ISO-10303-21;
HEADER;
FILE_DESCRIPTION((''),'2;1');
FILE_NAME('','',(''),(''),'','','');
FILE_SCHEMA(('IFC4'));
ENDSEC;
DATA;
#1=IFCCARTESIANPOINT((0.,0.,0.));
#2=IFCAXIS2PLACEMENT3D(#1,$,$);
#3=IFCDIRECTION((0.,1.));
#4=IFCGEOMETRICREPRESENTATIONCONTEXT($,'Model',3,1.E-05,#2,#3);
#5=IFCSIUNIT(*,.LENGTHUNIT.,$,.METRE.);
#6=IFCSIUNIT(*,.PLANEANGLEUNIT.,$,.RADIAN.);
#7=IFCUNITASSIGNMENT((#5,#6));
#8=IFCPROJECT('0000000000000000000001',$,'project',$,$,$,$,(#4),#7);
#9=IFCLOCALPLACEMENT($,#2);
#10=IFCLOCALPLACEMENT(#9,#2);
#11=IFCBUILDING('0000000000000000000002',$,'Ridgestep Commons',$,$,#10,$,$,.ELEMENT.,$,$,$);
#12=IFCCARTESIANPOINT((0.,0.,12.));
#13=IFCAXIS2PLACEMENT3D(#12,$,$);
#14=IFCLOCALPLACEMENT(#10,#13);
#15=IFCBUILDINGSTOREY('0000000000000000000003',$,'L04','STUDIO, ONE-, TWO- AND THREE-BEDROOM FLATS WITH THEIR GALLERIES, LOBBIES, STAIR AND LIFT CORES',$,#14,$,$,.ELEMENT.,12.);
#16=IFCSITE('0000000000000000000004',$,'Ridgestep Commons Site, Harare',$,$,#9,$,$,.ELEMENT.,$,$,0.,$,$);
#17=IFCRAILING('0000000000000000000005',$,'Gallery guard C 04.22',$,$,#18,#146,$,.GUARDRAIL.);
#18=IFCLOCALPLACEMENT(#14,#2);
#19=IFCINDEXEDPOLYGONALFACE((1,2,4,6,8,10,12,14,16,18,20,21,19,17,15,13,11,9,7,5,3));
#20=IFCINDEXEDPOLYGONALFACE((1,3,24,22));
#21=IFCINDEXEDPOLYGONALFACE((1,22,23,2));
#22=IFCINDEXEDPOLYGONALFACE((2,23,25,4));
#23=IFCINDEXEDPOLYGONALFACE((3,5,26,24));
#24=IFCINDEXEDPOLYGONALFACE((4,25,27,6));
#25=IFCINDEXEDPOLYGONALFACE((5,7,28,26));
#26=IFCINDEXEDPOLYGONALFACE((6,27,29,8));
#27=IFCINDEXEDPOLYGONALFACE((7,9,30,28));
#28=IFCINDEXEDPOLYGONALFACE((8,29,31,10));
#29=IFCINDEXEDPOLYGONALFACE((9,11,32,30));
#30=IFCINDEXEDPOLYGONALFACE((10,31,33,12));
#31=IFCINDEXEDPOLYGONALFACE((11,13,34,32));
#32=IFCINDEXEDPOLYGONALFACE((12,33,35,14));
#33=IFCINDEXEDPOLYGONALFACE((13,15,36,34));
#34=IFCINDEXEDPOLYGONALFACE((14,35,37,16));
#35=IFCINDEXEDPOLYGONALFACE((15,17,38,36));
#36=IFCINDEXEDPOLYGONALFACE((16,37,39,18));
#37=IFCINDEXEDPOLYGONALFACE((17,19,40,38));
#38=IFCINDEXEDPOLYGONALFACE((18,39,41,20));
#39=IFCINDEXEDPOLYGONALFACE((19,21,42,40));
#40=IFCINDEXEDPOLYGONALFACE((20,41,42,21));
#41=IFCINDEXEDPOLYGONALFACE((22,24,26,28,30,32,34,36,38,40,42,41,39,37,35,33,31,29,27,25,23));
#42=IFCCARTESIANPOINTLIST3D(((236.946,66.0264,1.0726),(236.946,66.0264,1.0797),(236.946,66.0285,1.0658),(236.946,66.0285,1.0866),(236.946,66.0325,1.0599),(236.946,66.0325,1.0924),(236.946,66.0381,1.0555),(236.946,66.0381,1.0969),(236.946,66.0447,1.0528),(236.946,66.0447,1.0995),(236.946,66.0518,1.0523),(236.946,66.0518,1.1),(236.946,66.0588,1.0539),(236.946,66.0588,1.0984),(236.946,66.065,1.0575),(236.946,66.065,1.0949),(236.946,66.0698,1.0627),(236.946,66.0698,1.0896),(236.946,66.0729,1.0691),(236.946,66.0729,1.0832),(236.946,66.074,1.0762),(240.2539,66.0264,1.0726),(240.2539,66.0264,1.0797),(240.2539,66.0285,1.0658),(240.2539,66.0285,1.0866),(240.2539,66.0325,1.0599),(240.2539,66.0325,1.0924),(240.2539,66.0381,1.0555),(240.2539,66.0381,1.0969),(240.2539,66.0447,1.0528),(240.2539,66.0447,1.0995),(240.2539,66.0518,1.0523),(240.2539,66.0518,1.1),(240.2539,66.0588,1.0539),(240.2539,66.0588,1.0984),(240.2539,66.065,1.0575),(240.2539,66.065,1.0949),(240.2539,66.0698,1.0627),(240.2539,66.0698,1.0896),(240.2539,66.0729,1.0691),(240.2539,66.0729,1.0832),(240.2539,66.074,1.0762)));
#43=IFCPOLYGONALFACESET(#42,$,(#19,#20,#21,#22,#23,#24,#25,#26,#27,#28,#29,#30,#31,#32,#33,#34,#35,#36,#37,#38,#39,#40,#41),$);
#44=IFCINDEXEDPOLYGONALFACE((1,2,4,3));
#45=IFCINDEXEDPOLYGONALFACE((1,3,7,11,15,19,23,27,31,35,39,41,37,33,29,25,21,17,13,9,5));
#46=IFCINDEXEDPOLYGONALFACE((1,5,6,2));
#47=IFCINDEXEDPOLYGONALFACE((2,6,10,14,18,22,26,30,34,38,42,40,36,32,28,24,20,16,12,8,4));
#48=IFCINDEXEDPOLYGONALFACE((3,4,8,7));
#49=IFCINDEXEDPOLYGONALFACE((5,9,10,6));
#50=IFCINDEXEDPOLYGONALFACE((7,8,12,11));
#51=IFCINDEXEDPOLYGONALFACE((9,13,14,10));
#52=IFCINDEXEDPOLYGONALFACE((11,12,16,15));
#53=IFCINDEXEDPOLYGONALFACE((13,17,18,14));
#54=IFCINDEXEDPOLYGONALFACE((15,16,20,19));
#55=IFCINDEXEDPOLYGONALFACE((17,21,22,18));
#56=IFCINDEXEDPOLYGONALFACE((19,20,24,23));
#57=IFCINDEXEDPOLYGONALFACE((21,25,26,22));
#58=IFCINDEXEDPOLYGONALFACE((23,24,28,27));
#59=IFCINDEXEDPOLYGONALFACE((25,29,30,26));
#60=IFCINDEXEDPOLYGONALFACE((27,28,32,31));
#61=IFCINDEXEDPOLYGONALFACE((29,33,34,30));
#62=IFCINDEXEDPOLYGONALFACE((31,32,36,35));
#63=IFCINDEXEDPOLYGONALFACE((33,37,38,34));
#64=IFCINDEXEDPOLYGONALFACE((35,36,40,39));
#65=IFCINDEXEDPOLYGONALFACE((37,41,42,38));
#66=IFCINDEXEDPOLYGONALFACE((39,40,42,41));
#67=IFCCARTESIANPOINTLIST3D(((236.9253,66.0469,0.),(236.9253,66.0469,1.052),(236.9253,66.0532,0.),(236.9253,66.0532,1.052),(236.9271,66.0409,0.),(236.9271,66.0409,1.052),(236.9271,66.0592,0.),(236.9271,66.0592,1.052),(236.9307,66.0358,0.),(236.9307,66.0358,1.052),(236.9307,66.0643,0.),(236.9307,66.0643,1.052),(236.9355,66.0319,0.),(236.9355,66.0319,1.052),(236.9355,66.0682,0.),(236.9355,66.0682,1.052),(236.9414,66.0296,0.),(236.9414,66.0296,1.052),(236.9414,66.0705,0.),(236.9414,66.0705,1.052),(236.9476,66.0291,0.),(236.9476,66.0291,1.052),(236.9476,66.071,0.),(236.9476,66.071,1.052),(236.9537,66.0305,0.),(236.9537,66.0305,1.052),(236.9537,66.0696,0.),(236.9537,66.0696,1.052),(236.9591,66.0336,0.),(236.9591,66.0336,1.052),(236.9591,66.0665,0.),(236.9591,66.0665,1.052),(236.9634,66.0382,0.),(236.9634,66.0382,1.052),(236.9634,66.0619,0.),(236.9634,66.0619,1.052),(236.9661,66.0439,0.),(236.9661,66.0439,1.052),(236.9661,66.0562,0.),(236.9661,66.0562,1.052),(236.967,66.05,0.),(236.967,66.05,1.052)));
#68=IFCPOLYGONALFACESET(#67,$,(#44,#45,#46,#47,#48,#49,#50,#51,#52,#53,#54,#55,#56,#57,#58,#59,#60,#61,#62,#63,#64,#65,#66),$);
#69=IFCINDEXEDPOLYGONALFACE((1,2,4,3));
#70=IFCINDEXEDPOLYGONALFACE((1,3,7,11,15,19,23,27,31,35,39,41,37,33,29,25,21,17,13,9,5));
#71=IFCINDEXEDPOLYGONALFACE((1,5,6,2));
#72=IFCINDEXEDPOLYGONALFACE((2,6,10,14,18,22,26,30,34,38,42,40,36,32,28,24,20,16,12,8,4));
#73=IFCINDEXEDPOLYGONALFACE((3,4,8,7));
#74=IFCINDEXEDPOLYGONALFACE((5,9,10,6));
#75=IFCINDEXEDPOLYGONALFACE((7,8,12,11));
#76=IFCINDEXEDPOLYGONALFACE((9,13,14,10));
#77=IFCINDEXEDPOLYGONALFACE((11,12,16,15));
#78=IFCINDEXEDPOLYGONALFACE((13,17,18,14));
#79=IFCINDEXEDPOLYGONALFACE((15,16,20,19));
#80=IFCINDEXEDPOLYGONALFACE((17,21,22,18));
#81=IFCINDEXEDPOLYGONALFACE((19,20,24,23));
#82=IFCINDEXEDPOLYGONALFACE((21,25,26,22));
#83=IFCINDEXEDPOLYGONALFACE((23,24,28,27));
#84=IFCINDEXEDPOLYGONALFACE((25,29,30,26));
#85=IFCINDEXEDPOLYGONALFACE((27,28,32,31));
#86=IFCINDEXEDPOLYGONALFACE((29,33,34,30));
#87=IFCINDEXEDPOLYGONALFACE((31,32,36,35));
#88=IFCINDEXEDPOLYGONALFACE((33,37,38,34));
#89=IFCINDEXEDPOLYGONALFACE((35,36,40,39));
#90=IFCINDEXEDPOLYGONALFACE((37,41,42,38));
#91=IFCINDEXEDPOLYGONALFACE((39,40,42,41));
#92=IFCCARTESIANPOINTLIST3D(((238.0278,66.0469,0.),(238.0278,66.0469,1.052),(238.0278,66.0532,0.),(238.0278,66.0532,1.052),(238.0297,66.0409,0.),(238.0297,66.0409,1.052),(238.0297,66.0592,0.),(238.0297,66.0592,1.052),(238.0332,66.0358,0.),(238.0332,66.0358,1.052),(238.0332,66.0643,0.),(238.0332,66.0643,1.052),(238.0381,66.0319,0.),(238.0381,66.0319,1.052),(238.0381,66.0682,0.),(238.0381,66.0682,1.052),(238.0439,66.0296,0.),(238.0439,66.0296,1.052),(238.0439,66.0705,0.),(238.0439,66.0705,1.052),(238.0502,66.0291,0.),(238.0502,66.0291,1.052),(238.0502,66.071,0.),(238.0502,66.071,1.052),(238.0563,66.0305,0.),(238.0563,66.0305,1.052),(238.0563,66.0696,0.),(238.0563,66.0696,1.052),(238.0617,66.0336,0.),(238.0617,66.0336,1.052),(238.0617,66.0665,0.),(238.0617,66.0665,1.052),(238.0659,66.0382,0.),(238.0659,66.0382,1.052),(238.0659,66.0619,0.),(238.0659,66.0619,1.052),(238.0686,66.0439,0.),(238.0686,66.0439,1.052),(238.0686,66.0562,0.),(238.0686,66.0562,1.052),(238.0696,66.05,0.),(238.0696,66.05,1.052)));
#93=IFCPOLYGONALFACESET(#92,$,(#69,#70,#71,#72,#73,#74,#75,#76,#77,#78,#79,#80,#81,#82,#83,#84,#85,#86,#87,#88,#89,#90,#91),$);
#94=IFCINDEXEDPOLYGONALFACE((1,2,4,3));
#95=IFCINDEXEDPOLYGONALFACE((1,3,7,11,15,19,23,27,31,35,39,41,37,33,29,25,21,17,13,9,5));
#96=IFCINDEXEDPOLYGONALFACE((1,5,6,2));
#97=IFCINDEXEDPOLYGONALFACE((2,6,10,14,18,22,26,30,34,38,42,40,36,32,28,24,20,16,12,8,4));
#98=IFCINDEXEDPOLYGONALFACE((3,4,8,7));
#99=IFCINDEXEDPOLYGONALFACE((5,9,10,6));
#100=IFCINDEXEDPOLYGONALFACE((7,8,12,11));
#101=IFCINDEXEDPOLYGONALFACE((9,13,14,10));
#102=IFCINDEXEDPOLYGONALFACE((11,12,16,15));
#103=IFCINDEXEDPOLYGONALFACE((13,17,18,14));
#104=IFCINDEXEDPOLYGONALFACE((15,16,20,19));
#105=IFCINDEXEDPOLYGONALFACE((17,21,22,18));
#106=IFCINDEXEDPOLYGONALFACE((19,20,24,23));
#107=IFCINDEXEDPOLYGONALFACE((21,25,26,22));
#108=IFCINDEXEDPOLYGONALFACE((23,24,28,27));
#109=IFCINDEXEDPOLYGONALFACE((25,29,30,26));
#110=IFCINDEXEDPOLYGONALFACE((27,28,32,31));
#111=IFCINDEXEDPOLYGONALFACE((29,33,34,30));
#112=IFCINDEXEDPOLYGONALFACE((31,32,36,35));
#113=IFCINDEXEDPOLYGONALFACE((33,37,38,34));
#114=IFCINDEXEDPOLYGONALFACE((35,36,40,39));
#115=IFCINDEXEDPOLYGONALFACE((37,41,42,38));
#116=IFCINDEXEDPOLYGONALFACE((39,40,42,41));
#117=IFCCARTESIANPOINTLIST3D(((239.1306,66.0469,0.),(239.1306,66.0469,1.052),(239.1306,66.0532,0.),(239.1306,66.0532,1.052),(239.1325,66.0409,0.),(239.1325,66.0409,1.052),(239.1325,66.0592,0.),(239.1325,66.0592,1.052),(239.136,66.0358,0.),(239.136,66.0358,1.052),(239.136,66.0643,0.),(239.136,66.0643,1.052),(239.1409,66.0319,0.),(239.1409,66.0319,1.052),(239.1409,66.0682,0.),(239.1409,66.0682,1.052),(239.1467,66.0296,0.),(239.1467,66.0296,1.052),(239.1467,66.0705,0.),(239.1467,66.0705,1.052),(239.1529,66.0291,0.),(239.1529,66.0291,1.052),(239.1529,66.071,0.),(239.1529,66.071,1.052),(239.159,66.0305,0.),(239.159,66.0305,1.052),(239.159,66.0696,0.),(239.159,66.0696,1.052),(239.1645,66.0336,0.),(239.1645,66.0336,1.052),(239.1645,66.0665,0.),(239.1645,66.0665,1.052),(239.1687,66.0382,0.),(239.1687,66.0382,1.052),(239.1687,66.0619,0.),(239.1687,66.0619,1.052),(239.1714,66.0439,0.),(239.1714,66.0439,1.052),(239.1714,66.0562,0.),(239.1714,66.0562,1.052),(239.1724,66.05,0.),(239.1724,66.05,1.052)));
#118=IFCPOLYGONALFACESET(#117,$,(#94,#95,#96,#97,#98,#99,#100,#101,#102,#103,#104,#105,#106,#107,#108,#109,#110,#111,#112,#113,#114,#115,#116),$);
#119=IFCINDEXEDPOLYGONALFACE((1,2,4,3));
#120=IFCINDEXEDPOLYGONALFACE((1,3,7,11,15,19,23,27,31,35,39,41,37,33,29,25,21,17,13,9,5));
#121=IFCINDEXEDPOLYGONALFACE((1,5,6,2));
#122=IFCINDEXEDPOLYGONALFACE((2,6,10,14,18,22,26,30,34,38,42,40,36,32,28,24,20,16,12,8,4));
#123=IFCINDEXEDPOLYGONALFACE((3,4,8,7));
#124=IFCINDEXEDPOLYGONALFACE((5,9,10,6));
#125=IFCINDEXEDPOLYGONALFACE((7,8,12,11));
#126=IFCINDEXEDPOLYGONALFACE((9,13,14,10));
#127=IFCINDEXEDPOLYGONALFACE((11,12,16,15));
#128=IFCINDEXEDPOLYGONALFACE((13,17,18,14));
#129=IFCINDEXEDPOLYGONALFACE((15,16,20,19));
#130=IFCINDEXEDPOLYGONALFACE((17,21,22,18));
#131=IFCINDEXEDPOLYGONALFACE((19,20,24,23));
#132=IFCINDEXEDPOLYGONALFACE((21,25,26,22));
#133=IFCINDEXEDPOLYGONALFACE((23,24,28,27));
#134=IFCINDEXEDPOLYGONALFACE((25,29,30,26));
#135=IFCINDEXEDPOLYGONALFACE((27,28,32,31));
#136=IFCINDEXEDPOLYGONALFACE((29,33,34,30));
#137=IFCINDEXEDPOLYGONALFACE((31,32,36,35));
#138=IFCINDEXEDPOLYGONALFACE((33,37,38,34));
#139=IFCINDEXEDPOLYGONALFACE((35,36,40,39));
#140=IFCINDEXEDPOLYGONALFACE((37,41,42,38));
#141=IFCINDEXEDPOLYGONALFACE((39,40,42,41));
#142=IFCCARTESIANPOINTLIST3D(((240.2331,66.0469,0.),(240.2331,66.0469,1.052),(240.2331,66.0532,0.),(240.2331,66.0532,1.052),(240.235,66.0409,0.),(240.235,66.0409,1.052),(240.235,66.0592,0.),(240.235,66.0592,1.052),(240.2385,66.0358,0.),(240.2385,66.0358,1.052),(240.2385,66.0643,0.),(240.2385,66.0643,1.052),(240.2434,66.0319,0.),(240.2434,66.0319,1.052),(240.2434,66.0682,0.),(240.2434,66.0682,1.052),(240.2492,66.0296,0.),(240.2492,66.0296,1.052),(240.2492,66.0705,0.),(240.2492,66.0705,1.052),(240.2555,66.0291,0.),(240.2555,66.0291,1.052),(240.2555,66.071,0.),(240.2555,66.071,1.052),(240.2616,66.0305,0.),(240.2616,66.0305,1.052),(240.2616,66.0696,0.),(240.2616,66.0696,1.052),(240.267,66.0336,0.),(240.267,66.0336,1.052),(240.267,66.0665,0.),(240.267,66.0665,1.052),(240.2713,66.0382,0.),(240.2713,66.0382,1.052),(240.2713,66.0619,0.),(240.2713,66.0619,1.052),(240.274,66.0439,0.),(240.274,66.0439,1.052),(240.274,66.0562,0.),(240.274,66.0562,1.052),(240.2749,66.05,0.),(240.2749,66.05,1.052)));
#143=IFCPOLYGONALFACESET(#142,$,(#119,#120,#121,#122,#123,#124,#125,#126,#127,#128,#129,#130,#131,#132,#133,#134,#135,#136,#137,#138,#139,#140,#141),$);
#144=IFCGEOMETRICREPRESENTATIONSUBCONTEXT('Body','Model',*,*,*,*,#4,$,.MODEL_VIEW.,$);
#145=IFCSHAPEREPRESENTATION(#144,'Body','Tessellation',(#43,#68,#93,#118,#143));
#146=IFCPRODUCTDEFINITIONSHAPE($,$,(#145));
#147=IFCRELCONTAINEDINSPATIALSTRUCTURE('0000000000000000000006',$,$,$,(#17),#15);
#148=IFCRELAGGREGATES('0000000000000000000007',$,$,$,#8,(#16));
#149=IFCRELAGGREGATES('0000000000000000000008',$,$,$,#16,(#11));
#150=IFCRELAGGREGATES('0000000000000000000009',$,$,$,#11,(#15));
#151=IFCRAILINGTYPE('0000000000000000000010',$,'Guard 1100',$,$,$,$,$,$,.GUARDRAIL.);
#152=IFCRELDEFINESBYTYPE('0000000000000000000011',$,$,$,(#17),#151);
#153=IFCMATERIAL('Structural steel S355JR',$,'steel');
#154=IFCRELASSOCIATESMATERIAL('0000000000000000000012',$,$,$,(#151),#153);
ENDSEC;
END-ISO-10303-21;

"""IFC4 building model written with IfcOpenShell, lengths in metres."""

from ifc_helpers import new_model, si_unit, direction, frame, origin, origin_2d, place, context, subcontext, project, spatial, circle, extrude, material, type_object, element, save


model = new_model("IFC4")

# Units and contexts
model_context = context("Model", 3, precision=1e-05, world=origin(), true_north=direction((0.0, 1.0)))
body_context = subcontext(model_context, "Body", "Model", "MODEL_VIEW")
ifc_project = project(units=[si_unit("LENGTHUNIT", "METRE"), si_unit("PLANEANGLEUNIT", "RADIAN")], contexts=[model_context])

# Site, building, storey
site_placement = place(None, origin())
site = spatial("IfcSite", under=ifc_project, at=site_placement, Name="Ridgestep Commons Site, Harare", CompositionType="ELEMENT", RefElevation=0.0)
building_placement = place(site_placement, origin())
building = spatial("IfcBuilding", under=site, at=building_placement, Name="Ridgestep Commons", CompositionType="ELEMENT")
storey_placement = place(building_placement, frame((0.0, 0.0, 12.0)))
storey = spatial("IfcBuildingStorey", under=building, at=storey_placement, Name="L04", Description="STUDIO, ONE-, TWO- AND THREE-BEDROOM FLATS WITH THEIR GALLERIES, LOBBIES, STAIR AND LIFT CORES", CompositionType="ELEMENT", Elevation=12.0)

# Railing
ifc_material_1 = material(Name="Structural steel S355JR", Category="steel")
railing_type_1 = type_object("IfcRailingType", Name="Guard 1100", PredefinedType="GUARDRAIL", material=ifc_material_1)
railing_1_placement = place(storey_placement, frame((236.946, 66.05, 0.0)))
element("IfcRailing", 1, at=railing_1_placement, inside=storey, type_object=railing_type_1, Name="Gallery guard C 04.22", PredefinedType="GUARDRAIL", context=body_context, shape_type="SweptSolid", body=[
    extrude(circle(Radius=0.0239, at=origin_2d()), frame((0.0, 0.0, 1.0762), z_axis=(1.0, 0.0, 0.0), x_axis=(0.0, 1.0, 0.0)), (0.0, 0.0, 1.0), 3.3079),
    extrude(circle(Radius=0.021, at=origin_2d()), origin(), (0.0, 0.0, 1.0), 1.052),
    extrude(circle(Radius=0.021, at=origin_2d()), frame((1.1025, 0.0, 0.0)), (0.0, 0.0, 1.0), 1.052),
    extrude(circle(Radius=0.021, at=origin_2d()), frame((2.2053, 0.0, 0.0)), (0.0, 0.0, 1.0), 1.052),
    extrude(circle(Radius=0.021, at=origin_2d()), frame((3.3079, 0.0, 0.0)), (0.0, 0.0, 1.0), 1.052),
])

save(model, "model.ifc")
